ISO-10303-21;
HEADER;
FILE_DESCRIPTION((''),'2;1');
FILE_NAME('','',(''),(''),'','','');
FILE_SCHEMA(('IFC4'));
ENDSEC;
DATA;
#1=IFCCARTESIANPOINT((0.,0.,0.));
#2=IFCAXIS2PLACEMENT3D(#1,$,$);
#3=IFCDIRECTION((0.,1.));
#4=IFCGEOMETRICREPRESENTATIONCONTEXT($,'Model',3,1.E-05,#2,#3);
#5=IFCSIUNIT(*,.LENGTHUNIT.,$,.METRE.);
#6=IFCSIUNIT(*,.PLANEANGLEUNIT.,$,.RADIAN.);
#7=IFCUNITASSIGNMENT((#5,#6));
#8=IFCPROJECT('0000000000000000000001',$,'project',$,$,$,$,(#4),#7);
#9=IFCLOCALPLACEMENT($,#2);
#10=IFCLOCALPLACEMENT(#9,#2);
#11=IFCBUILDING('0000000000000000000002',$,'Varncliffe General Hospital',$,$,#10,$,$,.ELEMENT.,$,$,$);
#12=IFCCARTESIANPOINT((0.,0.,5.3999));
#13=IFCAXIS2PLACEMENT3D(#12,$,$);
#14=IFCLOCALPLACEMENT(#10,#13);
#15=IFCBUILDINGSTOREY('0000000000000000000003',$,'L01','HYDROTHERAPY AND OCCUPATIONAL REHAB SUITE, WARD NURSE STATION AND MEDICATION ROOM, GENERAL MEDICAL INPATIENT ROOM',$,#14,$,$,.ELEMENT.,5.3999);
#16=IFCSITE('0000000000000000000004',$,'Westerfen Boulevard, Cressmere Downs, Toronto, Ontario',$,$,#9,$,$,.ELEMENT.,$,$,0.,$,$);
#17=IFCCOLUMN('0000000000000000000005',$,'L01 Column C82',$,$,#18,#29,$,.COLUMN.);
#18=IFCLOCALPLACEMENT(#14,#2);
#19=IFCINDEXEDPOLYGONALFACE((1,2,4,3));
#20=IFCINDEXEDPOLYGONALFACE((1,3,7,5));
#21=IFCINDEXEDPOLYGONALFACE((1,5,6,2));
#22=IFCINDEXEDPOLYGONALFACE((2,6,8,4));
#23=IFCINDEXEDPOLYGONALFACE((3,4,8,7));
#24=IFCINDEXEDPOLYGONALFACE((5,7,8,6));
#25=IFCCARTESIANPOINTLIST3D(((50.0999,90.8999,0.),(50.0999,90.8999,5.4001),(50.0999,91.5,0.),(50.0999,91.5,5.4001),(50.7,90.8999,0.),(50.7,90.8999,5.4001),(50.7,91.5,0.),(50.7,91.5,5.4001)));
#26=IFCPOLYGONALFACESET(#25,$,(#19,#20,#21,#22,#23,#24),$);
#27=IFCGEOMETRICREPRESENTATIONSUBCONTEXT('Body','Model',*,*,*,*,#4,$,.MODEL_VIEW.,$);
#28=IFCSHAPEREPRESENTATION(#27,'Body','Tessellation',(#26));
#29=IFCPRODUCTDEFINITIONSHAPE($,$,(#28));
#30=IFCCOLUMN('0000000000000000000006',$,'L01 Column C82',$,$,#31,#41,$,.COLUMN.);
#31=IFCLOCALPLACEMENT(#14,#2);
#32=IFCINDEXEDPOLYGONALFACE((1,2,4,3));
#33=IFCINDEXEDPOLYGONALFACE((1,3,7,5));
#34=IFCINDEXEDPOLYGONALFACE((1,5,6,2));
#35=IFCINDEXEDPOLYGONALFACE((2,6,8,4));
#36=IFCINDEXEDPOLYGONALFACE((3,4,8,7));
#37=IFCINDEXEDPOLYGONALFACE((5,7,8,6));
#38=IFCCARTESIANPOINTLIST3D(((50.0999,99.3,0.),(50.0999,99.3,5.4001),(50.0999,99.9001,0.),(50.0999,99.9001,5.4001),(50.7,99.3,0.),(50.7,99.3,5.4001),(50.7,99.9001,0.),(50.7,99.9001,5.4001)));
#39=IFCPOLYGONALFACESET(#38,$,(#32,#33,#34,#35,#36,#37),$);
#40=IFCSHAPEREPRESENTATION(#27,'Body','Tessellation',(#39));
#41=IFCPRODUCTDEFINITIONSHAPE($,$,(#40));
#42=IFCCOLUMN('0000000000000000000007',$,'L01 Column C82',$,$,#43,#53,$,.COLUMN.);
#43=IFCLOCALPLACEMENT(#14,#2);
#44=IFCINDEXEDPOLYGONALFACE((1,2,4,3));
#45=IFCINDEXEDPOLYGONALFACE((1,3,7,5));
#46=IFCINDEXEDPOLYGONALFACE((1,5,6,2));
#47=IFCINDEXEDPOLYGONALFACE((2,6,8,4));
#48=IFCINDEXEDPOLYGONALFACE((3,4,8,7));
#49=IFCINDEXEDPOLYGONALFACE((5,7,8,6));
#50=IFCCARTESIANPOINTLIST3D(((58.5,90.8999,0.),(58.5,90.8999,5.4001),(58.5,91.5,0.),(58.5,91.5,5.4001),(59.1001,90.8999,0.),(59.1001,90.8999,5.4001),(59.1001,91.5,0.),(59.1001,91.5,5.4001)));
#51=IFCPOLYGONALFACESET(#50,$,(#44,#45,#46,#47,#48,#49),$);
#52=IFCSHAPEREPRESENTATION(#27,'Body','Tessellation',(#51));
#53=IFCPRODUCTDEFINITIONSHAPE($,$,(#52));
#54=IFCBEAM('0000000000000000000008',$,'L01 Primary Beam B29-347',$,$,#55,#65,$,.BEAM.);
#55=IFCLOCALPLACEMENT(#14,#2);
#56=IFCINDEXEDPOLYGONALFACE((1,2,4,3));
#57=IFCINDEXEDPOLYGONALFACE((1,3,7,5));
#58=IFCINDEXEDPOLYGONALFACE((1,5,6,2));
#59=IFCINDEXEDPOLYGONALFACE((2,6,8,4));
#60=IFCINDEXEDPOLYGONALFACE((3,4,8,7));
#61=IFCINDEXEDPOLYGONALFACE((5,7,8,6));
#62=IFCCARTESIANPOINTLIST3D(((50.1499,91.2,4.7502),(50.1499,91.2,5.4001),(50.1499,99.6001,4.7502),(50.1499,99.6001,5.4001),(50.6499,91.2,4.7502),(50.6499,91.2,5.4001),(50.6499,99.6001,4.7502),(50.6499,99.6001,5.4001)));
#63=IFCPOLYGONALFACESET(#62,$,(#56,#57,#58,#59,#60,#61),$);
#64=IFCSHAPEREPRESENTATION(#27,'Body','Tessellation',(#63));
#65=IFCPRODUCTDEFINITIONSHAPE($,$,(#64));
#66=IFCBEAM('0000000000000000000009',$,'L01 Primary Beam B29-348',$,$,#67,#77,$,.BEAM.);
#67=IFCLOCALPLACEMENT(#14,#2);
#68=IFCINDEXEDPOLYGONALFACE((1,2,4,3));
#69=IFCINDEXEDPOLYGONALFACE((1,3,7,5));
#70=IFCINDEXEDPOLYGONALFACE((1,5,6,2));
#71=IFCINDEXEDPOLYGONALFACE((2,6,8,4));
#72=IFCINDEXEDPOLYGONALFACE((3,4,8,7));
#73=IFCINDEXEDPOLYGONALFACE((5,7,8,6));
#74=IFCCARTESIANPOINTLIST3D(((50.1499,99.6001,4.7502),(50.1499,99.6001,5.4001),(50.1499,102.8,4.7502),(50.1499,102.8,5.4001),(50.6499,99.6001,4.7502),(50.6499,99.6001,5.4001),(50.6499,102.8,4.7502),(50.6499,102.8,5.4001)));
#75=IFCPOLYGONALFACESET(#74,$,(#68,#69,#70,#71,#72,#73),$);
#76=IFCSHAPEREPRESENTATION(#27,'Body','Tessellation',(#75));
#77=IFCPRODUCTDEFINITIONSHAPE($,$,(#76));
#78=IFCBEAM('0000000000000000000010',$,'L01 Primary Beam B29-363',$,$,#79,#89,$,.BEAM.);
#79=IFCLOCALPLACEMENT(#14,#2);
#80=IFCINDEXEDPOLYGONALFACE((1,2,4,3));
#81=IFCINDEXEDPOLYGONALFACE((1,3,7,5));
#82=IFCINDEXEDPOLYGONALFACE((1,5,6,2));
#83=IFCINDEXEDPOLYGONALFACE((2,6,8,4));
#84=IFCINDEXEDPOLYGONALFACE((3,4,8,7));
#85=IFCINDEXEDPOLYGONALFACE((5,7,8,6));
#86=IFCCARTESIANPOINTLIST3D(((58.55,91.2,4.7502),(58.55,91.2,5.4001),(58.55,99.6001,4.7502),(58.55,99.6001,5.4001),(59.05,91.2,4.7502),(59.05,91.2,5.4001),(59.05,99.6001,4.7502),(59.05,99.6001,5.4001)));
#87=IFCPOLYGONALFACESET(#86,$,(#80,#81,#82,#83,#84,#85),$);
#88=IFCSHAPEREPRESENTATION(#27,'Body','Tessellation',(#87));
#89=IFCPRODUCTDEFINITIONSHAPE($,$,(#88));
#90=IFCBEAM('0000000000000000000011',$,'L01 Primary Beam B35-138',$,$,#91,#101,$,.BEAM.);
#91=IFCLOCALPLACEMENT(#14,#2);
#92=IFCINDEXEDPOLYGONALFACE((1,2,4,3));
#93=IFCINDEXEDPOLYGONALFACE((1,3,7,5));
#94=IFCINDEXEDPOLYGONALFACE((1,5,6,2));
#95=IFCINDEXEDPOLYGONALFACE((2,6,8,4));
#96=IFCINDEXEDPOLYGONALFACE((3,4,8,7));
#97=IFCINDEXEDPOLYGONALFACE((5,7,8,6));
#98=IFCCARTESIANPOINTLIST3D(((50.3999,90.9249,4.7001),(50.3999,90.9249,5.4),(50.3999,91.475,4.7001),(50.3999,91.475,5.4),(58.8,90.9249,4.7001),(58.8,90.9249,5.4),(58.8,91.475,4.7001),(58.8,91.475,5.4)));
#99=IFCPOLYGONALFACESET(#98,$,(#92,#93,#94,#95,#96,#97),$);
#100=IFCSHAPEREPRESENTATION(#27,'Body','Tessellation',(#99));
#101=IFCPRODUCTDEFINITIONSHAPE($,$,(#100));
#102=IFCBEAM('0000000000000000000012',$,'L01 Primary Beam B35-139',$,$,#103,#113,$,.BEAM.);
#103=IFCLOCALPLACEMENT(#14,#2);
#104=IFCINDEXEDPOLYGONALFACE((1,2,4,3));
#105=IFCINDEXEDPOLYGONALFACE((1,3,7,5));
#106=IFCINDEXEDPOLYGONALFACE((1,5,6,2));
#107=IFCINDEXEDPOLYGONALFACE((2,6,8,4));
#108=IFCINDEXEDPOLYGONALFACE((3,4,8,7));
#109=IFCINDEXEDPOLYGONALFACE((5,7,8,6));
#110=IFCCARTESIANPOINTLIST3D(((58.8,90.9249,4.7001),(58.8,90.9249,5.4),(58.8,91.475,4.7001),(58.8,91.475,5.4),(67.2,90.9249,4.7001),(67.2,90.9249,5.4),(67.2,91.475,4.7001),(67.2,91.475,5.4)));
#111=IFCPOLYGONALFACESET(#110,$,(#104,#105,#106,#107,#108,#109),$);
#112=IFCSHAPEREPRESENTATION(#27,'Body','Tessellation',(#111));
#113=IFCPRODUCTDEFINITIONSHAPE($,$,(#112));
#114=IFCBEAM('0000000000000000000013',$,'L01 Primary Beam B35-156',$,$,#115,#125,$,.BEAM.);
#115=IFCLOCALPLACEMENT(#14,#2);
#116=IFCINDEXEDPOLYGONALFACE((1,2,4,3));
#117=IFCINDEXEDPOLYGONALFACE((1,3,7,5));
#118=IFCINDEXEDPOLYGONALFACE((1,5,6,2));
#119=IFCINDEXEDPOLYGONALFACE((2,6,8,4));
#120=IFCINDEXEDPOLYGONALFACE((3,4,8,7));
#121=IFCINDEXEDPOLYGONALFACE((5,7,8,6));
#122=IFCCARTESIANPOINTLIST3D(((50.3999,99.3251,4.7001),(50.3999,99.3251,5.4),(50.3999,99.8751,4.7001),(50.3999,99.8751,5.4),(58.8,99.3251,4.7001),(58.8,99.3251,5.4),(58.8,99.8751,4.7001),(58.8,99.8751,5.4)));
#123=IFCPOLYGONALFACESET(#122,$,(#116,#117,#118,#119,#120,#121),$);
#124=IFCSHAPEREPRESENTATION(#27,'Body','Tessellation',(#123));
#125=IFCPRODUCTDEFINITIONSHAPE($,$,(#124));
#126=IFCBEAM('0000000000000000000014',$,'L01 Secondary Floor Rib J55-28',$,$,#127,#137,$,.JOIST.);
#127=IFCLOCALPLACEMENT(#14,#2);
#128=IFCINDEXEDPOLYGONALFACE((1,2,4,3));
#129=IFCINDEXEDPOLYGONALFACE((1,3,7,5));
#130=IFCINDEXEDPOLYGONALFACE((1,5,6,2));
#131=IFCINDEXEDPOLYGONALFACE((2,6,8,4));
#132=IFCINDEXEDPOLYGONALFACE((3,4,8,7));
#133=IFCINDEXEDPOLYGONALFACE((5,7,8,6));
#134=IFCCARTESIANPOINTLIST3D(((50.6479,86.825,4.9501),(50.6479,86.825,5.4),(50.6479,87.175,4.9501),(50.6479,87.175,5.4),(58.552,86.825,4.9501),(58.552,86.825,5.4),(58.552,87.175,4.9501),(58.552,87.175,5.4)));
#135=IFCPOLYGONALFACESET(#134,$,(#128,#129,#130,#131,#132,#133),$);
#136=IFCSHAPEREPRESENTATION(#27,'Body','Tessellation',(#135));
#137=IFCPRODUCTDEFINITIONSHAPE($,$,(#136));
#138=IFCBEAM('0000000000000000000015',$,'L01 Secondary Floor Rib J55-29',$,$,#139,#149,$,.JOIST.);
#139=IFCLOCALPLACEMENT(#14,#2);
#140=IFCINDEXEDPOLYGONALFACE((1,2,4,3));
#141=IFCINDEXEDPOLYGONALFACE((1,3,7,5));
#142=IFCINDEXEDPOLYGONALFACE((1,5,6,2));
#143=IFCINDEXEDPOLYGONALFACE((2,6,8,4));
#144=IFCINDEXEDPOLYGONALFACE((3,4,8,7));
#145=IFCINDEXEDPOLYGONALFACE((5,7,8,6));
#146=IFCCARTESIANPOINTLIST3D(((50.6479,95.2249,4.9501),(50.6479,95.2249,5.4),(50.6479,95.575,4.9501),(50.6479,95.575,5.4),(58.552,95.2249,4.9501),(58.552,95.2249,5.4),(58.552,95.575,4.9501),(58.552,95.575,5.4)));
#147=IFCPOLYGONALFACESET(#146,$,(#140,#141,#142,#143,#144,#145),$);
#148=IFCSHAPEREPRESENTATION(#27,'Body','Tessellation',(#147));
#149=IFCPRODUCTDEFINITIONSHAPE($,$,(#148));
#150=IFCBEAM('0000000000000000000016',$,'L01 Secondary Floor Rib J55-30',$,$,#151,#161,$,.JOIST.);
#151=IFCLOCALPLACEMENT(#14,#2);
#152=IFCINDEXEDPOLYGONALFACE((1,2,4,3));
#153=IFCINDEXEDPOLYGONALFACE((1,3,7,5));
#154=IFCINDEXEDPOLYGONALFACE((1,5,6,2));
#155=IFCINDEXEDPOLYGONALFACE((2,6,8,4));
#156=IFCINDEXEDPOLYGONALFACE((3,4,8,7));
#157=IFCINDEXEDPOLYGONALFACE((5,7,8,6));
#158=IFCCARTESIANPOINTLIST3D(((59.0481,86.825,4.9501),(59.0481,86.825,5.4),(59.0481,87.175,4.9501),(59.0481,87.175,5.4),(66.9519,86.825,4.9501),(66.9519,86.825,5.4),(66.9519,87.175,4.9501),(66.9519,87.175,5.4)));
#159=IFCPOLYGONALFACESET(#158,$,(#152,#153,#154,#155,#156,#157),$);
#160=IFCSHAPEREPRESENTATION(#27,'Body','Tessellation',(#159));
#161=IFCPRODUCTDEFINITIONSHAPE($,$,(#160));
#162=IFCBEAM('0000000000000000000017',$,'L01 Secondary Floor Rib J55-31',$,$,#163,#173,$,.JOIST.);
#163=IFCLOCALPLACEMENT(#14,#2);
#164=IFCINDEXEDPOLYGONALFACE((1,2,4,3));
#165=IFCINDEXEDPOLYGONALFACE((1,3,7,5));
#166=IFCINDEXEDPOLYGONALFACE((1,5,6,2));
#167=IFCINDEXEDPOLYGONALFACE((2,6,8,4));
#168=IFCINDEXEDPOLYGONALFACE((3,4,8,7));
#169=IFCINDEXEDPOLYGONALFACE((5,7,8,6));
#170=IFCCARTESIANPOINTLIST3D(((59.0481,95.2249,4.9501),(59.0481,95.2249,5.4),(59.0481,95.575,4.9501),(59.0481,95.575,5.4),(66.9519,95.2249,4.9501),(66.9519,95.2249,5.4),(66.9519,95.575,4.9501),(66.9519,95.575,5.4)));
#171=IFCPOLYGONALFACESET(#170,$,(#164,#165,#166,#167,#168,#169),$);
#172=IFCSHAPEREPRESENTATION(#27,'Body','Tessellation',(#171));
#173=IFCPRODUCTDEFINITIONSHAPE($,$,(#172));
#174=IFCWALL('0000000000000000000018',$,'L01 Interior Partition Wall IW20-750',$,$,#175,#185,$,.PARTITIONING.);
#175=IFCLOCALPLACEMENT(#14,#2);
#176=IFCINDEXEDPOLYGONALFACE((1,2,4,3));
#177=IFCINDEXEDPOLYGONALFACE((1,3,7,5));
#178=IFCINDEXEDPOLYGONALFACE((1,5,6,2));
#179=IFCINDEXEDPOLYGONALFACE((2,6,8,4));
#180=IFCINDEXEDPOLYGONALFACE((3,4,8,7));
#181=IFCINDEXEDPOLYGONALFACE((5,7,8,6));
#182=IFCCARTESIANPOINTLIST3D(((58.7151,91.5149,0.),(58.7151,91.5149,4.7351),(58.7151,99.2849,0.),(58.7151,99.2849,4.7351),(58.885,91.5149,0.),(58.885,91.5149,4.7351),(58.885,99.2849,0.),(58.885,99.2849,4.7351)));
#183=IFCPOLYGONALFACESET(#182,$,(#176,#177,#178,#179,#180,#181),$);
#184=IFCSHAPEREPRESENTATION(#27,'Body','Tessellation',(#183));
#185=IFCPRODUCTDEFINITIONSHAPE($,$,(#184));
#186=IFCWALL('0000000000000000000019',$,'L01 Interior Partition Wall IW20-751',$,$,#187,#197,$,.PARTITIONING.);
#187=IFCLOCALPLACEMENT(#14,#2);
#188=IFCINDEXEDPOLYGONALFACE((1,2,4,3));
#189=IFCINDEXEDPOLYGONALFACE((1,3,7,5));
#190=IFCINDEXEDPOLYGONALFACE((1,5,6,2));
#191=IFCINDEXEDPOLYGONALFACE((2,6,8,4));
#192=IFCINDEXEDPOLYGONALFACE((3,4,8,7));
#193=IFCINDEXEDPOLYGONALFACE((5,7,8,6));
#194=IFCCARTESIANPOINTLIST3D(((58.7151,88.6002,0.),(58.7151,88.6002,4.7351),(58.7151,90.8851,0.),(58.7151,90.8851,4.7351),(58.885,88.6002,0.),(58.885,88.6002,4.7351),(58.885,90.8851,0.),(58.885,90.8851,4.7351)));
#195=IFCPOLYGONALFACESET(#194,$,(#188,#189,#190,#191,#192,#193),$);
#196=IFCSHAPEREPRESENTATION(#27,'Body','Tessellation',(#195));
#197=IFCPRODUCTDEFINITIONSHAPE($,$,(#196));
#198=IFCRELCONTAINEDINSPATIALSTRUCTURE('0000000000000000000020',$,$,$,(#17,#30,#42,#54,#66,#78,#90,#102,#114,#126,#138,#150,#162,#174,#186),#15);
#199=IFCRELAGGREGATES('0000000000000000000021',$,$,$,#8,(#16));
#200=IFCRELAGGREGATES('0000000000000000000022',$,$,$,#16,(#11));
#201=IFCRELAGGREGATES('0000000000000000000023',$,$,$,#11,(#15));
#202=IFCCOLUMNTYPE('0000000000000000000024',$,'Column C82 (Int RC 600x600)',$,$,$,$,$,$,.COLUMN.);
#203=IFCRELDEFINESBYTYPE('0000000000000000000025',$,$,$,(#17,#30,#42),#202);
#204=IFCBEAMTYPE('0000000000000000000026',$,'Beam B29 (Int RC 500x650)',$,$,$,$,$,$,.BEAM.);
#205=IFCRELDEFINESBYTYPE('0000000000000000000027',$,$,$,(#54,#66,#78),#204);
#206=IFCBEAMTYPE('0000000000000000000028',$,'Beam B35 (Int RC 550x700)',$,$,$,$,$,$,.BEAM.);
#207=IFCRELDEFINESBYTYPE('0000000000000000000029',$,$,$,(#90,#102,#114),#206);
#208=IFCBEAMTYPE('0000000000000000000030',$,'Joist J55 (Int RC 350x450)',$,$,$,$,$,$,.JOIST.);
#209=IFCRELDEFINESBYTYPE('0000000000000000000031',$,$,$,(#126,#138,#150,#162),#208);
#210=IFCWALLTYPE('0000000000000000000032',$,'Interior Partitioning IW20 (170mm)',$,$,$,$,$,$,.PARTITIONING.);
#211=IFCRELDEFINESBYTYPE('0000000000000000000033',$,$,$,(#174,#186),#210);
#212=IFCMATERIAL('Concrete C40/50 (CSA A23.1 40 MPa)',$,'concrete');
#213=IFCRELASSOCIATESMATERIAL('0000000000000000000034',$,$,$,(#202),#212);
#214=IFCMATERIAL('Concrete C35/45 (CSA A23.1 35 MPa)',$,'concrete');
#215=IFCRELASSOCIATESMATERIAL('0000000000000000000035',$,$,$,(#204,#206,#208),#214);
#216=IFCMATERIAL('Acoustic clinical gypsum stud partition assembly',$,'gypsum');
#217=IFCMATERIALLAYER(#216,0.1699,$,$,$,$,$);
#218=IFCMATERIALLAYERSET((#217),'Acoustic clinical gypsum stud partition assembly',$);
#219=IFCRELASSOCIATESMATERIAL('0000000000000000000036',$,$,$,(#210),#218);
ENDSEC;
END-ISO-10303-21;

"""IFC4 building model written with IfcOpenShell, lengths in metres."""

from ifc_helpers import new_model, si_unit, direction, frame, frame_2d, origin, origin_2d, place, context, subcontext, project, spatial, rectangle, extrude, material, layer, layer_set, material_profile, profile_set, type_object, element, save


model = new_model("IFC4")

# Units and contexts
model_context = context("Model", 3, precision=1e-05, world=origin(), true_north=direction((0.0, 1.0)))
body_context = subcontext(model_context, "Body", "Model", "MODEL_VIEW")
ifc_project = project(units=[si_unit("LENGTHUNIT", "METRE"), si_unit("PLANEANGLEUNIT", "RADIAN")], contexts=[model_context])

# Site, building, storey
site_placement = place(None, origin())
site = spatial("IfcSite", under=ifc_project, at=site_placement, Name="Westerfen Boulevard, Cressmere Downs, Toronto, Ontario", CompositionType="ELEMENT", RefElevation=0.0)
building_placement = place(site_placement, origin())
building = spatial("IfcBuilding", under=site, at=building_placement, Name="Varncliffe General Hospital", CompositionType="ELEMENT")
storey_placement = place(building_placement, frame((0.0, 0.0, 5.3999)))
storey = spatial("IfcBuildingStorey", under=building, at=storey_placement, Name="L01", Description="HYDROTHERAPY AND OCCUPATIONAL REHAB SUITE, WARD NURSE STATION AND MEDICATION ROOM, GENERAL MEDICAL INPATIENT ROOM", CompositionType="ELEMENT", Elevation=5.3999)

# Columns
ifc_material_1 = material(Name="Concrete C40/50 (CSA A23.1 40 MPa)", Category="concrete")
ifc_material_profile_1 = material_profile(ifc_material_1, rectangle(XDim=0.6001, YDim=0.6001, at=origin_2d()), Name="RC 600x600")
ifc_profile_set_1 = profile_set([ifc_material_profile_1], Name="Concrete C40/50 (CSA A23.1 40 MPa)")
column_type = type_object("IfcColumnType", Name="Column C82 (Int RC 600x600)", PredefinedType="COLUMN", material=ifc_profile_set_1)
for number, where, z_axis, x_axis, name in (
    (1, (50.3999, 91.2, 0.0), (0.0, 0.0, 1.0), (1.0, 0.0, 0.0), "L01 Column C82"),
    (2, (50.3999, 99.6001, 0.0), (0.0, 0.0, 1.0), (1.0, 0.0, 0.0), "L01 Column C82"),
    (3, (58.8, 91.2, 0.0), (0.0, 0.0, 1.0), (1.0, 0.0, 0.0), "L01 Column C82"),
):
    element("IfcColumn", number, at=place(storey_placement, frame(where, z_axis=z_axis, x_axis=x_axis)), inside=storey, type_object=column_type, Name=name, PredefinedType="COLUMN", context=body_context, shape_type="SweptSolid", body=[
        extrude(rectangle(XDim=0.6001, YDim=0.6001, at=origin_2d()), origin(), (0.0, 0.0, 1.0), 5.4001),
    ])

# Beams
ifc_material_2 = material(Name="Concrete C35/45 (CSA A23.1 35 MPa)", Category="concrete")
ifc_material_profile_2 = material_profile(ifc_material_2, rectangle(XDim=0.5, YDim=0.6499, at=origin_2d()), Name="RC 500x650")
ifc_profile_set_2 = profile_set([ifc_material_profile_2], Name="Concrete C35/45 (CSA A23.1 35 MPa)")
beam_type_1 = type_object("IfcBeamType", Name="Beam B29 (Int RC 500x650)", PredefinedType="BEAM", material=ifc_profile_set_2)
beam_1_placement = place(storey_placement, frame((50.3999, 91.2, 5.0752), z_axis=(0.0, 1.0, 0.0), x_axis=(-1.0, 0.0, 0.0)))
element("IfcBeam", 4, at=beam_1_placement, inside=storey, type_object=beam_type_1, Name="L01 Primary Beam B29-347", PredefinedType="BEAM", context=body_context, shape_type="SweptSolid", body=[
    extrude(rectangle(XDim=0.5, YDim=0.6499, at=origin_2d()), origin(), (0.0, 0.0, 1.0), 8.4001),
])
beam_2_placement = place(storey_placement, frame((50.3999, 99.6001, 5.0752), z_axis=(0.0, 1.0, 0.0), x_axis=(-1.0, 0.0, 0.0)))
element("IfcBeam", 5, at=beam_2_placement, inside=storey, type_object=beam_type_1, Name="L01 Primary Beam B29-348", PredefinedType="BEAM", context=body_context, shape_type="SweptSolid", body=[
    extrude(rectangle(XDim=0.5, YDim=0.6499, at=origin_2d()), origin(), (0.0, 0.0, 1.0), 3.2),
])
beam_3_placement = place(storey_placement, frame((58.8, 91.2, 5.0752), z_axis=(0.0, 1.0, 0.0), x_axis=(-1.0, 0.0, 0.0)))
element("IfcBeam", 6, at=beam_3_placement, inside=storey, type_object=beam_type_1, Name="L01 Primary Beam B29-363", PredefinedType="BEAM", context=body_context, shape_type="SweptSolid", body=[
    extrude(rectangle(XDim=0.5, YDim=0.6499, at=origin_2d()), origin(), (0.0, 0.0, 1.0), 8.4001),
])
ifc_material_profile_3 = material_profile(ifc_material_2, rectangle(XDim=0.55, YDim=0.7, at=origin_2d()), Name="RC 550x700")
ifc_profile_set_3 = profile_set([ifc_material_profile_3], Name="Concrete C35/45 (CSA A23.1 35 MPa)")
beam_type_2 = type_object("IfcBeamType", Name="Beam B35 (Int RC 550x700)", PredefinedType="BEAM", material=ifc_profile_set_3)
beam_4_placement = place(storey_placement, frame((50.3999, 91.2, 5.05), z_axis=(1.0, 0.0, 0.0), x_axis=(0.0, 1.0, 0.0)))
element("IfcBeam", 7, at=beam_4_placement, inside=storey, type_object=beam_type_2, Name="L01 Primary Beam B35-138", PredefinedType="BEAM", context=body_context, shape_type="SweptSolid", body=[
    extrude(rectangle(XDim=0.55, YDim=0.7, at=origin_2d()), origin(), (0.0, 0.0, 1.0), 8.4001),
])
beam_5_placement = place(storey_placement, frame((58.8, 91.2, 5.05), z_axis=(1.0, 0.0, 0.0), x_axis=(0.0, 1.0, 0.0)))
element("IfcBeam", 8, at=beam_5_placement, inside=storey, type_object=beam_type_2, Name="L01 Primary Beam B35-139", PredefinedType="BEAM", context=body_context, shape_type="SweptSolid", body=[
    extrude(rectangle(XDim=0.55, YDim=0.7, at=origin_2d()), origin(), (0.0, 0.0, 1.0), 8.3999),
])
beam_6_placement = place(storey_placement, frame((50.3999, 99.6001, 5.05), z_axis=(1.0, 0.0, 0.0), x_axis=(0.0, 1.0, 0.0)))
element("IfcBeam", 9, at=beam_6_placement, inside=storey, type_object=beam_type_2, Name="L01 Primary Beam B35-156", PredefinedType="BEAM", context=body_context, shape_type="SweptSolid", body=[
    extrude(rectangle(XDim=0.55, YDim=0.7, at=origin_2d()), origin(), (0.0, 0.0, 1.0), 8.4001),
])
ifc_material_profile_4 = material_profile(ifc_material_2, rectangle(XDim=0.3501, YDim=0.45, at=origin_2d()), Name="RC 350x450")
ifc_profile_set_4 = profile_set([ifc_material_profile_4], Name="Concrete C35/45 (CSA A23.1 35 MPa)")
beam_type_3 = type_object("IfcBeamType", Name="Joist J55 (Int RC 350x450)", PredefinedType="JOIST", material=ifc_profile_set_4)
for number, where, z_axis, x_axis, name in (
    (10, (50.6479, 87.0, 5.175), (1.0, 0.0, 0.0), (0.0, 1.0, 0.0), "L01 Secondary Floor Rib J55-28"),
    (11, (50.6479, 95.3999, 5.175), (1.0, 0.0, 0.0), (0.0, 1.0, 0.0), "L01 Secondary Floor Rib J55-29"),
):
    element("IfcBeam", number, at=place(storey_placement, frame(where, z_axis=z_axis, x_axis=x_axis)), inside=storey, type_object=beam_type_3, Name=name, PredefinedType="JOIST", context=body_context, shape_type="SweptSolid", body=[
        extrude(rectangle(XDim=0.3501, YDim=0.45, at=origin_2d()), origin(), (0.0, 0.0, 1.0), 7.9041),
    ])
for number, where, z_axis, x_axis, name in (
    (12, (59.0481, 87.0, 5.175), (1.0, 0.0, 0.0), (0.0, 1.0, 0.0), "L01 Secondary Floor Rib J55-30"),
    (13, (59.0481, 95.3999, 5.175), (1.0, 0.0, 0.0), (0.0, 1.0, 0.0), "L01 Secondary Floor Rib J55-31"),
):
    element("IfcBeam", number, at=place(storey_placement, frame(where, z_axis=z_axis, x_axis=x_axis)), inside=storey, type_object=beam_type_3, Name=name, PredefinedType="JOIST", context=body_context, shape_type="SweptSolid", body=[
        extrude(rectangle(XDim=0.3501, YDim=0.45, at=origin_2d()), origin(), (0.0, 0.0, 1.0), 7.9038),
    ])

# Walls
ifc_material_3 = material(Name="Acoustic clinical gypsum stud partition assembly", Category="gypsum")
ifc_layer_1 = layer(ifc_material_3, 0.1699)
ifc_layer_set_1 = layer_set([ifc_layer_1], Name="Acoustic clinical gypsum stud partition assembly")
wall_type_1 = type_object("IfcWallType", Name="Interior Partitioning IW20 (170mm)", PredefinedType="PARTITIONING", material=ifc_layer_set_1)
wall_1_placement = place(storey_placement, frame((58.8, 91.5149, 0.0), z_axis=(0.0, 0.0, 1.0), x_axis=(0.0, 1.0, 0.0)))
element("IfcWall", 14, at=wall_1_placement, inside=storey, type_object=wall_type_1, Name="L01 Interior Partition Wall IW20-750", PredefinedType="PARTITIONING", context=body_context, shape_type="SweptSolid", body=[
    extrude(rectangle(XDim=7.77, YDim=0.1699, at=frame_2d((3.885, 0.0))), origin(), (0.0, 0.0, 1.0), 4.7351),
])
wall_2_placement = place(storey_placement, frame((58.8, 88.6001, 0.0), z_axis=(0.0, 0.0, 1.0), x_axis=(0.0, 1.0, 0.0)))
element("IfcWall", 15, at=wall_2_placement, inside=storey, type_object=wall_type_1, Name="L01 Interior Partition Wall IW20-751", PredefinedType="PARTITIONING", context=body_context, shape_type="SweptSolid", body=[
    extrude(rectangle(XDim=2.2849, YDim=0.1699, at=frame_2d((1.1426, 0.0))), origin(), (0.0, 0.0, 1.0), 4.7351),
])

save(model, "model.ifc")
